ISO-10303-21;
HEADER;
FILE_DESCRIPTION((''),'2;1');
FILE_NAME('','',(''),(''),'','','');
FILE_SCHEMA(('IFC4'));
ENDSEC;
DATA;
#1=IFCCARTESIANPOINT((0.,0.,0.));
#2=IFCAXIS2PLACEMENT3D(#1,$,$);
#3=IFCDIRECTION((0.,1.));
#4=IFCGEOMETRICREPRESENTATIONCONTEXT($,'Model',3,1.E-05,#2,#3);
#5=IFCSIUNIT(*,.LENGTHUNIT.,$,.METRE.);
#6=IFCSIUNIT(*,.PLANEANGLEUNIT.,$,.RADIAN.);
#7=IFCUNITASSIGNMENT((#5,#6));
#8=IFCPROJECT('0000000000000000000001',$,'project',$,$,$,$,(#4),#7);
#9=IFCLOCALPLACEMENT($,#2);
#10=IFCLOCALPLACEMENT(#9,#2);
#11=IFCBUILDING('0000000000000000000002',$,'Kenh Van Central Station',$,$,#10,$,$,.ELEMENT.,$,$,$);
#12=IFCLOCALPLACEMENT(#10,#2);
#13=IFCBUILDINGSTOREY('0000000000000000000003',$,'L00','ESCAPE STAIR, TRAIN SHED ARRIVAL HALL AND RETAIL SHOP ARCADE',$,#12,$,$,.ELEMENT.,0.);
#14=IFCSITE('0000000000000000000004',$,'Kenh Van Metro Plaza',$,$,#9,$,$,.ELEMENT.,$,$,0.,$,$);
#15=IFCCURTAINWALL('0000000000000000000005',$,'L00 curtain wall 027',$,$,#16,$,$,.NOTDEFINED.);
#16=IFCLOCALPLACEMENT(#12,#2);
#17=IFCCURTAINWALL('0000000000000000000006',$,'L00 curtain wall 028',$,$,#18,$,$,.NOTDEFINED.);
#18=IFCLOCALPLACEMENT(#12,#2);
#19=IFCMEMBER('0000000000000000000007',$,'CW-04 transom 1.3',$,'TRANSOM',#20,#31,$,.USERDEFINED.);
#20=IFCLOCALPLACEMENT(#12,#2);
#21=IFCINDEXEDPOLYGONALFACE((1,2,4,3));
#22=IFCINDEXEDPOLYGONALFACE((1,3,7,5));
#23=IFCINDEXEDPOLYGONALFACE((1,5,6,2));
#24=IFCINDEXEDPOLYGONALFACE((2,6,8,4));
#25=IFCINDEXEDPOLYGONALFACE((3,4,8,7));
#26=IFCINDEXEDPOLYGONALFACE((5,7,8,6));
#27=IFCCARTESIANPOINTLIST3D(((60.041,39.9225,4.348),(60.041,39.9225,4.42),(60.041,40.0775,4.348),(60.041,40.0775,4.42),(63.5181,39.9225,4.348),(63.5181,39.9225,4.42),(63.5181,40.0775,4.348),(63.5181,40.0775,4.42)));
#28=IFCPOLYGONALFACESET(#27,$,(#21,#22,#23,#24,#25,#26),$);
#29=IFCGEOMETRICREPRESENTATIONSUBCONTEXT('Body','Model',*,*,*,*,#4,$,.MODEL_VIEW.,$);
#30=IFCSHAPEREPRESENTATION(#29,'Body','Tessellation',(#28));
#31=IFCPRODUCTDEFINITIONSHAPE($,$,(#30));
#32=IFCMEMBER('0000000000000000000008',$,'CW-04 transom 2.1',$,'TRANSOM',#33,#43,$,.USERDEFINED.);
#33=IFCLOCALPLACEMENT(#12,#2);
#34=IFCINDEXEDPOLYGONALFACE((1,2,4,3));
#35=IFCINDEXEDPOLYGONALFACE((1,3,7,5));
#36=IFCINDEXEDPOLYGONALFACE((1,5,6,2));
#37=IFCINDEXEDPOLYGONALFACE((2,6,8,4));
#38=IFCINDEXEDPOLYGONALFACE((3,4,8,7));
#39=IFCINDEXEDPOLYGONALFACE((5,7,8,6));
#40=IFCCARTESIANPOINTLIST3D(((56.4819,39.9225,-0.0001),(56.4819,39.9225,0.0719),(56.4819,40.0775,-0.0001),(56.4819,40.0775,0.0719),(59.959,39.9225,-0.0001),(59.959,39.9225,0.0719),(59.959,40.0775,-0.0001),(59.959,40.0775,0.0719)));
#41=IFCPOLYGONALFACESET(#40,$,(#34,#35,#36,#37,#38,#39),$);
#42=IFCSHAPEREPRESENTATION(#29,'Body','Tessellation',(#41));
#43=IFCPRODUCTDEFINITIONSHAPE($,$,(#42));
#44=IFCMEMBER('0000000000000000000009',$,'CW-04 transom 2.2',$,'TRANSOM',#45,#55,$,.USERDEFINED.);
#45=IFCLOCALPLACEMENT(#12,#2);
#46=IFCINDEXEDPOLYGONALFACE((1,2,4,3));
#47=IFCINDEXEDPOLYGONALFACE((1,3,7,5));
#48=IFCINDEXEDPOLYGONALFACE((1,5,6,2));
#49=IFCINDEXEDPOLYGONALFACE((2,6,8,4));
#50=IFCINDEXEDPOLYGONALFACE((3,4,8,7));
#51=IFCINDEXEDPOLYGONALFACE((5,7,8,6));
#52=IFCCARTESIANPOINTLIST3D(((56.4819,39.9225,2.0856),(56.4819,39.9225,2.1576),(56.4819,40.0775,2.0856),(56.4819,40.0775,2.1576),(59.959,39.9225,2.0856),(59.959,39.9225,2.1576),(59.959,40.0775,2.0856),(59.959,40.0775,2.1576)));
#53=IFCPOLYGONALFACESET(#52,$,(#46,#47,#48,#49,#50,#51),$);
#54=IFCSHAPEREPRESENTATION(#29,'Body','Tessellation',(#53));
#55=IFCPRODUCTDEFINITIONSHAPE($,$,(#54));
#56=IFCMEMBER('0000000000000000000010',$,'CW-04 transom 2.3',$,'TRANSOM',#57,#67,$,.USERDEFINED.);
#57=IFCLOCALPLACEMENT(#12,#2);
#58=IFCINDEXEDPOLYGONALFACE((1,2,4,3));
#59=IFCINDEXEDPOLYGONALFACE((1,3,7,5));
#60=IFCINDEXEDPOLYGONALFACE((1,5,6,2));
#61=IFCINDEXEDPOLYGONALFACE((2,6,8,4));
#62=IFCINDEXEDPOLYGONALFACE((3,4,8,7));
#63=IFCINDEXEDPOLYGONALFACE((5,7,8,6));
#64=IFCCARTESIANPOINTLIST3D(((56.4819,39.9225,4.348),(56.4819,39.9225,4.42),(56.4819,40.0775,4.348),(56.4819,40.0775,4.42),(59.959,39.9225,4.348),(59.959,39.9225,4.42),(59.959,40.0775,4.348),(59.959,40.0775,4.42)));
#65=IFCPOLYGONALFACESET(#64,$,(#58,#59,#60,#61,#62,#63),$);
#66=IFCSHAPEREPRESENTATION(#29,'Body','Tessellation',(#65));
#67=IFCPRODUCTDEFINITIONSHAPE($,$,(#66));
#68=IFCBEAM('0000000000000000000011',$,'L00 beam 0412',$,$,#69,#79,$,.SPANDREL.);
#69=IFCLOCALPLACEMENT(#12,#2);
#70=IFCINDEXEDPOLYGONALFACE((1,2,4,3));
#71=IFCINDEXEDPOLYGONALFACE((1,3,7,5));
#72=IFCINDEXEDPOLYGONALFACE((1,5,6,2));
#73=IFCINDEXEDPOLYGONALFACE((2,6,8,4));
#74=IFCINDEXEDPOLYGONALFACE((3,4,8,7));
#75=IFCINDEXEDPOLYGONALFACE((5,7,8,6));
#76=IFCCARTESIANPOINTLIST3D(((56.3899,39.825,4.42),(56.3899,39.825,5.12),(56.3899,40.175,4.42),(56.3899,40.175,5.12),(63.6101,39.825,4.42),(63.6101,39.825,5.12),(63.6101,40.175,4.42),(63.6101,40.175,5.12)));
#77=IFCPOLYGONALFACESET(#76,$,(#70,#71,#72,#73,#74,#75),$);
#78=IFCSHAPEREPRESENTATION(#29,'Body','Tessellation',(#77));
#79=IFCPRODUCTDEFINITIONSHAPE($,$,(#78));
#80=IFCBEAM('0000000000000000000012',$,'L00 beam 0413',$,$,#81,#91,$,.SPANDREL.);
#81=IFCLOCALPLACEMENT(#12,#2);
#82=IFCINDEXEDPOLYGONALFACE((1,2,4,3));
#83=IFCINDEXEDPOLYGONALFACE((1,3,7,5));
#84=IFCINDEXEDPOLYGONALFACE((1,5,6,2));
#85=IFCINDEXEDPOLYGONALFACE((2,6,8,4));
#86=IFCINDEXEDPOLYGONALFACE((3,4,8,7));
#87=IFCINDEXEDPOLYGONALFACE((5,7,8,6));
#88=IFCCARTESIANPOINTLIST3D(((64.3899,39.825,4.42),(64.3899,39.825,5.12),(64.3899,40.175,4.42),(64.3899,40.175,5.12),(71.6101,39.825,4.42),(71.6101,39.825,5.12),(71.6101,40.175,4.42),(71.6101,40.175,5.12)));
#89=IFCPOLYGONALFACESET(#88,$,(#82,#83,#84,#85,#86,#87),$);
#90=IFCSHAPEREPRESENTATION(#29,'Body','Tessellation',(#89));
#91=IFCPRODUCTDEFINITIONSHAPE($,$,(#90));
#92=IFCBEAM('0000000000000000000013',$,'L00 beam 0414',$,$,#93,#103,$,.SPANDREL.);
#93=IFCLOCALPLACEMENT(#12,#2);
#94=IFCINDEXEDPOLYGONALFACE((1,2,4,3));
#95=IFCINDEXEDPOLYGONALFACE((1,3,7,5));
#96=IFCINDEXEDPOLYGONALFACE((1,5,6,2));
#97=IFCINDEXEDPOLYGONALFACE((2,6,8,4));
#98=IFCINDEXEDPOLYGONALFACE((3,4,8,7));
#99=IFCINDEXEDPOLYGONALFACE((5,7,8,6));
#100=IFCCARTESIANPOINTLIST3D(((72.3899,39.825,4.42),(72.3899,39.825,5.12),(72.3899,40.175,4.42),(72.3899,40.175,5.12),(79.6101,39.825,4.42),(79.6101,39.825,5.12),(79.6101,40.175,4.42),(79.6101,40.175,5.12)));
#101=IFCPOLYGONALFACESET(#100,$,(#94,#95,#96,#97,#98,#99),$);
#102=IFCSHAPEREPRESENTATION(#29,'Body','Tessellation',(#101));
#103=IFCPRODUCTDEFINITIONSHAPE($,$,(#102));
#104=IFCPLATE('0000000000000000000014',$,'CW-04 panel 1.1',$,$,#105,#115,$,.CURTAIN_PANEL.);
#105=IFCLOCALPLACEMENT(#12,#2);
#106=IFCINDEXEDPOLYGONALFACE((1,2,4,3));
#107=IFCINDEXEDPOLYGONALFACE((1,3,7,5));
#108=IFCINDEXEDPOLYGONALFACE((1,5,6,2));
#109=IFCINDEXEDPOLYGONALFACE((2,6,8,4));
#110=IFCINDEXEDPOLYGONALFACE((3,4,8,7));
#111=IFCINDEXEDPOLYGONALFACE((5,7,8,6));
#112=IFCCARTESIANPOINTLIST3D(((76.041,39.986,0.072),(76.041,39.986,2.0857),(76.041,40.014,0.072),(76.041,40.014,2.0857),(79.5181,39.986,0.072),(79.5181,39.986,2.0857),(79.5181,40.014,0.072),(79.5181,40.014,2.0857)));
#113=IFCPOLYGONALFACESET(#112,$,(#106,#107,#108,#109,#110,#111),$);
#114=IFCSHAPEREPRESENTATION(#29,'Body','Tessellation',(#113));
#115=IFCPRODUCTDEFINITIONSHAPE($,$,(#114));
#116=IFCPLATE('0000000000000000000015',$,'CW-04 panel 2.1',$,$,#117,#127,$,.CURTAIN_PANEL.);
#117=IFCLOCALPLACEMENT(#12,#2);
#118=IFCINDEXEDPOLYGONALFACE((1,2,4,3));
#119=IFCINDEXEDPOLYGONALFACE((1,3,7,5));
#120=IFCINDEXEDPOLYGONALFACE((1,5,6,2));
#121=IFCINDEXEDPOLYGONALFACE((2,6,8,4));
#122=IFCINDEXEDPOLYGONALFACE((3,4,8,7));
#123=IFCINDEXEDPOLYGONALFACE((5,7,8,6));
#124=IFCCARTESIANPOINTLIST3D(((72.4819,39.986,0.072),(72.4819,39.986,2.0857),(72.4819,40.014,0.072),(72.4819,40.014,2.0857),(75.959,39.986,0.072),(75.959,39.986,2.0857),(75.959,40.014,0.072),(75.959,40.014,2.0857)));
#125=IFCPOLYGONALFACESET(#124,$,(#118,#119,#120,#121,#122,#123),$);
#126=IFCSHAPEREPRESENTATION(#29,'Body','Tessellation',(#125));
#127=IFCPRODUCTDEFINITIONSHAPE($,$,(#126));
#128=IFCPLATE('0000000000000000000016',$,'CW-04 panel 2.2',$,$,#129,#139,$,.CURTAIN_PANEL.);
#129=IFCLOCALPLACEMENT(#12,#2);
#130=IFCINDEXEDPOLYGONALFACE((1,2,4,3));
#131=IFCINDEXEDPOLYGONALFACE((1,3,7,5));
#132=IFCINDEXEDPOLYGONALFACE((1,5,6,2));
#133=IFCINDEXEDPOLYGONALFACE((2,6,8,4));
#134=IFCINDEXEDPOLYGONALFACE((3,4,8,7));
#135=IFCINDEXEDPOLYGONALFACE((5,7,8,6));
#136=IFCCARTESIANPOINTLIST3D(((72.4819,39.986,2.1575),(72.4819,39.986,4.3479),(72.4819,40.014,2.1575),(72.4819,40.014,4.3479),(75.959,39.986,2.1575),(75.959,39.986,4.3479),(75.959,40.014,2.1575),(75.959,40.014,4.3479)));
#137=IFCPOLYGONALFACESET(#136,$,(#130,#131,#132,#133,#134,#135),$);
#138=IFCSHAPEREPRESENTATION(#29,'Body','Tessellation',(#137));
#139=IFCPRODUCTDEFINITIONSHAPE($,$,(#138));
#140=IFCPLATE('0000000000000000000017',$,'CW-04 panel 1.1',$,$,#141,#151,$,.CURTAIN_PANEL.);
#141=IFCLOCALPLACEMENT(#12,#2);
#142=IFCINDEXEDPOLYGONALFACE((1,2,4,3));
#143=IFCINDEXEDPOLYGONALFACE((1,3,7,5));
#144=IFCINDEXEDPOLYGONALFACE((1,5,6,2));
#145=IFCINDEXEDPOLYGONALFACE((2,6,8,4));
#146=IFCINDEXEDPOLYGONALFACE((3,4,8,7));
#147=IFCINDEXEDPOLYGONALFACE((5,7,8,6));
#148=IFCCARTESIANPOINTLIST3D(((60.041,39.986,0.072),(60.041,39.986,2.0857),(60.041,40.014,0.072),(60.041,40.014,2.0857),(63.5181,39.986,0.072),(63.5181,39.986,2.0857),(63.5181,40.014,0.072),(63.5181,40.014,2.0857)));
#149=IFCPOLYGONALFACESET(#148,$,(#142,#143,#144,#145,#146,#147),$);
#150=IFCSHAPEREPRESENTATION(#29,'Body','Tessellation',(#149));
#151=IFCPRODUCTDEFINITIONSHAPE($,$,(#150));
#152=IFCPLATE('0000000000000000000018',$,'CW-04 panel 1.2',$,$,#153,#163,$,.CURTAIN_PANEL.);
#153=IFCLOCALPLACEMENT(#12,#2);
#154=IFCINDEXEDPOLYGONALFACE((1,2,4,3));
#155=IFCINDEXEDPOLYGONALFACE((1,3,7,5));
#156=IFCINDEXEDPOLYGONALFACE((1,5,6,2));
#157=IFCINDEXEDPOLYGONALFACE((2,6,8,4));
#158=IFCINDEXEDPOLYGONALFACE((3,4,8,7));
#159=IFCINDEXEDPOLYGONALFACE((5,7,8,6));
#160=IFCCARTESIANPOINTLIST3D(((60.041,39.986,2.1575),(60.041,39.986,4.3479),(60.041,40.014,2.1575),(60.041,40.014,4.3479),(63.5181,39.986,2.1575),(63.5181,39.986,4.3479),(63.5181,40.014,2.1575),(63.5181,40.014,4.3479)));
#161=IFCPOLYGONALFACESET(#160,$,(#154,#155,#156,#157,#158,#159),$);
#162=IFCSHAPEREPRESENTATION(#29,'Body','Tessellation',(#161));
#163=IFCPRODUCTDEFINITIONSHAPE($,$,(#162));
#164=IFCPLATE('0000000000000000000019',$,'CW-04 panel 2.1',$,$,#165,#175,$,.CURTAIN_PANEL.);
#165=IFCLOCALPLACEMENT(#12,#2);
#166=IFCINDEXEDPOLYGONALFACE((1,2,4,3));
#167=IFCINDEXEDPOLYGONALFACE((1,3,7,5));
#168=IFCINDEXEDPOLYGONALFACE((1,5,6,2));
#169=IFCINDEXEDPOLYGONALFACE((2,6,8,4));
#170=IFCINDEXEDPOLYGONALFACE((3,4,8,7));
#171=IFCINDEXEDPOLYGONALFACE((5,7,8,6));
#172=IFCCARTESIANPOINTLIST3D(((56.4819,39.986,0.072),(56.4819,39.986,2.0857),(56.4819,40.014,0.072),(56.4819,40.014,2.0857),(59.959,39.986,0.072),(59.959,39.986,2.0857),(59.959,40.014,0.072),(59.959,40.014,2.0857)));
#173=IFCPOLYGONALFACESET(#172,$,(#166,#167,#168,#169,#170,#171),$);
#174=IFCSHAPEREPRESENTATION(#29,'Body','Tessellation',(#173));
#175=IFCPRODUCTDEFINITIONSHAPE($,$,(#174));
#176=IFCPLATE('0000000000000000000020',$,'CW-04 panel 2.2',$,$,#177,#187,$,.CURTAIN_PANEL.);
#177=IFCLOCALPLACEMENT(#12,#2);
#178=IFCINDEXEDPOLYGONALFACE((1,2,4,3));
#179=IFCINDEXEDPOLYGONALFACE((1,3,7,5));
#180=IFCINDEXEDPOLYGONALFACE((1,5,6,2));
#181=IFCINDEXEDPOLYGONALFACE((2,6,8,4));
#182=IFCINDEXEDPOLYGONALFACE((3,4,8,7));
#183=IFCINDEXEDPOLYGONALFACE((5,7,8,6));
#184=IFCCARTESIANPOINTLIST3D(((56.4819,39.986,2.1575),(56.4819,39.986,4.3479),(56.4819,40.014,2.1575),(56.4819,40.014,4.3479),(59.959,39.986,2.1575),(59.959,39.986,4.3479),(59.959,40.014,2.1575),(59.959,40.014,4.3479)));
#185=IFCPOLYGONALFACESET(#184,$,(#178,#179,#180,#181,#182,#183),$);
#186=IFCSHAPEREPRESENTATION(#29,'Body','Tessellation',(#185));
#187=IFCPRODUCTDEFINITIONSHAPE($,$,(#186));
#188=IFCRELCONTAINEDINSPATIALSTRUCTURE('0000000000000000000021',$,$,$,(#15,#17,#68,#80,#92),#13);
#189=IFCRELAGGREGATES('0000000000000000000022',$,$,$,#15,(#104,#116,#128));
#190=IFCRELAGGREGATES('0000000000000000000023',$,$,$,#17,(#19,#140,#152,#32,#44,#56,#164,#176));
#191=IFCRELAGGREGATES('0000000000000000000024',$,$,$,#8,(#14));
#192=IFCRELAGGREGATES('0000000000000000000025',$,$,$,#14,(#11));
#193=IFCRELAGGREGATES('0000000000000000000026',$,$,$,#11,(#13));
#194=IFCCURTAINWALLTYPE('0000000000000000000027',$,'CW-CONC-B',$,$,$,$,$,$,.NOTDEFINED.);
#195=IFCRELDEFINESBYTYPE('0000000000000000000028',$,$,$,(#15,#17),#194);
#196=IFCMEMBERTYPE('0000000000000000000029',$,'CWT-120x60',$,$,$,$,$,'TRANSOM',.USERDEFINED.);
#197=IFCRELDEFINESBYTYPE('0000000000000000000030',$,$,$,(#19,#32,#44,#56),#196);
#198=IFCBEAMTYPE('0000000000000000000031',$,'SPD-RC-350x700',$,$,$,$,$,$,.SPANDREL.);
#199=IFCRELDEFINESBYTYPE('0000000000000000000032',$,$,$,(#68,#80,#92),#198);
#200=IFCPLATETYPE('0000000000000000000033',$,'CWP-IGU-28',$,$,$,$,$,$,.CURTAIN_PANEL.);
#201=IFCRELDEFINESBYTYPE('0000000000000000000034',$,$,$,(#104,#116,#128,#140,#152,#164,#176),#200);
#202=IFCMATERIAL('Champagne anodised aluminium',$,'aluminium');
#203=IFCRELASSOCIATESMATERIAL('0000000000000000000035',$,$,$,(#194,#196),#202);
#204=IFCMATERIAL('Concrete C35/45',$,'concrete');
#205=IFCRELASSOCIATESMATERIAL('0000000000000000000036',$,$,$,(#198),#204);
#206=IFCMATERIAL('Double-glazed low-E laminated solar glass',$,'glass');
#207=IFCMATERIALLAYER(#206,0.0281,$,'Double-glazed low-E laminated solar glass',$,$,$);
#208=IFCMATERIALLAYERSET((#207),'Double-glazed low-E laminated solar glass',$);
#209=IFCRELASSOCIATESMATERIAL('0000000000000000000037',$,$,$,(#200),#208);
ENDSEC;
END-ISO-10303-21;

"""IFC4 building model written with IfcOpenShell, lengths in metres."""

from ifc_helpers import new_model, si_unit, direction, frame, origin, origin_2d, place, context, subcontext, project, spatial, rectangle, extrude, material, layer, layer_set, material_profile, profile_set, type_object, element, aggregate, save


model = new_model("IFC4")

# Units and contexts
model_context = context("Model", 3, precision=1e-05, world=origin(), true_north=direction((0.0, 1.0)))
body_context = subcontext(model_context, "Body", "Model", "MODEL_VIEW")
ifc_project = project(units=[si_unit("LENGTHUNIT", "METRE"), si_unit("PLANEANGLEUNIT", "RADIAN")], contexts=[model_context])

# Site, building, storey
site_placement = place(None, origin())
site = spatial("IfcSite", under=ifc_project, at=site_placement, Name="Kenh Van Metro Plaza", CompositionType="ELEMENT", RefElevation=0.0)
building_placement = place(site_placement, origin())
building = spatial("IfcBuilding", under=site, at=building_placement, Name="Kenh Van Central Station", CompositionType="ELEMENT")
storey_placement = place(building_placement, origin())
storey = spatial("IfcBuildingStorey", under=building, at=storey_placement, Name="L00", Description="ESCAPE STAIR, TRAIN SHED ARRIVAL HALL AND RETAIL SHOP ARCADE", CompositionType="ELEMENT", Elevation=0.0)

# Shared definitions
ifc_material_1 = material(Name="Concrete C35/45", Category="concrete")

# Curtain walls
ifc_material_2 = material(Name="Champagne anodised aluminium", Category="aluminium")
curtain_wall_type = type_object("IfcCurtainWallType", Name="CW-CONC-B", PredefinedType="NOTDEFINED", material=ifc_material_2)
curtain_wall_1_placement = place(storey_placement, origin())
curtain_wall_1 = element("IfcCurtainWall", 1, at=curtain_wall_1_placement, inside=storey, type_object=curtain_wall_type, Name="L00 curtain wall 027", PredefinedType="NOTDEFINED")
curtain_wall_2_placement = place(storey_placement, origin())
curtain_wall_2 = element("IfcCurtainWall", 2, at=curtain_wall_2_placement, inside=storey, type_object=curtain_wall_type, Name="L00 curtain wall 028", PredefinedType="NOTDEFINED")

# Members
ifc_material_profile_1 = material_profile(ifc_material_2, rectangle(XDim=0.155, YDim=0.072, at=origin_2d()), Name="AL 155x72")
ifc_profile_set_1 = profile_set([ifc_material_profile_1], Name="Champagne anodised aluminium")
member_type_1 = type_object("IfcMemberType", Name="CWT-120x60", ElementType="TRANSOM", PredefinedType="USERDEFINED", material=ifc_profile_set_1)
member_1_placement = place(storey_placement, frame((63.5181, 40.0, 4.384), z_axis=(-1.0, 0.0, 0.0), x_axis=(0.0, -1.0, 0.0)))
member_1 = element("IfcMember", 3, at=member_1_placement, type_object=member_type_1, Name="CW-04 transom 1.3", ObjectType="TRANSOM", PredefinedType="USERDEFINED", context=body_context, shape_type="SweptSolid", body=[
    extrude(rectangle(XDim=0.155, YDim=0.072, at=origin_2d()), origin(), (0.0, 0.0, 1.0), 3.4771),
])
member_2_placement = place(storey_placement, frame((59.959, 40.0, 0.0359), z_axis=(-1.0, 0.0, 0.0), x_axis=(0.0, -1.0, 0.0)))
member_2 = element("IfcMember", 4, at=member_2_placement, type_object=member_type_1, Name="CW-04 transom 2.1", ObjectType="TRANSOM", PredefinedType="USERDEFINED", context=body_context, shape_type="SweptSolid", body=[
    extrude(rectangle(XDim=0.155, YDim=0.072, at=origin_2d()), origin(), (0.0, 0.0, 1.0), 3.4771),
])
member_3_placement = place(storey_placement, frame((59.959, 40.0, 2.1216), z_axis=(-1.0, 0.0, 0.0), x_axis=(0.0, -1.0, 0.0)))
member_3 = element("IfcMember", 5, at=member_3_placement, type_object=member_type_1, Name="CW-04 transom 2.2", ObjectType="TRANSOM", PredefinedType="USERDEFINED", context=body_context, shape_type="SweptSolid", body=[
    extrude(rectangle(XDim=0.155, YDim=0.072, at=origin_2d()), origin(), (0.0, 0.0, 1.0), 3.4771),
])
member_4_placement = place(storey_placement, frame((59.959, 40.0, 4.384), z_axis=(-1.0, 0.0, 0.0), x_axis=(0.0, -1.0, 0.0)))
member_4 = element("IfcMember", 6, at=member_4_placement, type_object=member_type_1, Name="CW-04 transom 2.3", ObjectType="TRANSOM", PredefinedType="USERDEFINED", context=body_context, shape_type="SweptSolid", body=[
    extrude(rectangle(XDim=0.155, YDim=0.072, at=origin_2d()), origin(), (0.0, 0.0, 1.0), 3.4771),
])

# Beams
ifc_material_profile_2 = material_profile(ifc_material_1, rectangle(XDim=0.3501, YDim=0.7, at=origin_2d()), Name="RC 350x700")
ifc_profile_set_2 = profile_set([ifc_material_profile_2], Name="Concrete C35/45")
beam_type_1 = type_object("IfcBeamType", Name="SPD-RC-350x700", PredefinedType="SPANDREL", material=ifc_profile_set_2)
for number, where, z_axis, x_axis, name in (
    (7, (56.3899, 40.0, 4.77), (1.0, 0.0, 0.0), (0.0, 1.0, 0.0), "L00 beam 0412"),
    (8, (64.3899, 40.0, 4.77), (1.0, 0.0, 0.0), (0.0, 1.0, 0.0), "L00 beam 0413"),
    (9, (72.3899, 40.0, 4.77), (1.0, 0.0, 0.0), (0.0, 1.0, 0.0), "L00 beam 0414"),
):
    element("IfcBeam", number, at=place(storey_placement, frame(where, z_axis=z_axis, x_axis=x_axis)), inside=storey, type_object=beam_type_1, Name=name, PredefinedType="SPANDREL", context=body_context, shape_type="SweptSolid", body=[
        extrude(rectangle(XDim=0.3501, YDim=0.7, at=origin_2d()), origin(), (0.0, 0.0, 1.0), 7.2202),
    ])

# Plates
ifc_material_3 = material(Name="Double-glazed low-E laminated solar glass", Category="glass")
ifc_layer_1 = layer(ifc_material_3, 0.0281, Name="Double-glazed low-E laminated solar glass")
ifc_layer_set_1 = layer_set([ifc_layer_1], Name="Double-glazed low-E laminated solar glass")
plate_type = type_object("IfcPlateType", Name="CWP-IGU-28", PredefinedType="CURTAIN_PANEL", material=ifc_layer_set_1)
plate_1_placement = place(storey_placement, frame((77.7795, 40.0, 0.072), z_axis=(0.0, 0.0, 1.0), x_axis=(-1.0, 0.0, 0.0)))
plate_1 = element("IfcPlate", 10, at=plate_1_placement, type_object=plate_type, Name="CW-04 panel 1.1", PredefinedType="CURTAIN_PANEL", context=body_context, shape_type="SweptSolid", body=[
    extrude(rectangle(XDim=3.4771, YDim=0.0281, at=origin_2d()), origin(), (0.0, 0.0, 1.0), 2.0137),
])
plate_2_placement = place(storey_placement, frame((74.2205, 40.0, 0.072), z_axis=(0.0, 0.0, 1.0), x_axis=(-1.0, 0.0, 0.0)))
plate_2 = element("IfcPlate", 11, at=plate_2_placement, type_object=plate_type, Name="CW-04 panel 2.1", PredefinedType="CURTAIN_PANEL", context=body_context, shape_type="SweptSolid", body=[
    extrude(rectangle(XDim=3.4771, YDim=0.0281, at=origin_2d()), origin(), (0.0, 0.0, 1.0), 2.0137),
])
plate_3_placement = place(storey_placement, frame((74.2205, 40.0, 2.1575), z_axis=(0.0, 0.0, 1.0), x_axis=(-1.0, 0.0, 0.0)))
plate_3 = element("IfcPlate", 12, at=plate_3_placement, type_object=plate_type, Name="CW-04 panel 2.2", PredefinedType="CURTAIN_PANEL", context=body_context, shape_type="SweptSolid", body=[
    extrude(rectangle(XDim=3.4771, YDim=0.0281, at=origin_2d()), origin(), (0.0, 0.0, 1.0), 2.1904),
])
aggregate(curtain_wall_1, [plate_1, plate_2, plate_3])
plate_4_placement = place(storey_placement, frame((61.7795, 40.0, 0.072), z_axis=(0.0, 0.0, 1.0), x_axis=(-1.0, 0.0, 0.0)))
plate_4 = element("IfcPlate", 13, at=plate_4_placement, type_object=plate_type, Name="CW-04 panel 1.1", PredefinedType="CURTAIN_PANEL", context=body_context, shape_type="SweptSolid", body=[
    extrude(rectangle(XDim=3.4771, YDim=0.0281, at=origin_2d()), origin(), (0.0, 0.0, 1.0), 2.0137),
])
plate_5_placement = place(storey_placement, frame((61.7795, 40.0, 2.1575), z_axis=(0.0, 0.0, 1.0), x_axis=(-1.0, 0.0, 0.0)))
plate_5 = element("IfcPlate", 14, at=plate_5_placement, type_object=plate_type, Name="CW-04 panel 1.2", PredefinedType="CURTAIN_PANEL", context=body_context, shape_type="SweptSolid", body=[
    extrude(rectangle(XDim=3.4771, YDim=0.0281, at=origin_2d()), origin(), (0.0, 0.0, 1.0), 2.1904),
])
plate_6_placement = place(storey_placement, frame((58.2205, 40.0, 0.072), z_axis=(0.0, 0.0, 1.0), x_axis=(-1.0, 0.0, 0.0)))
plate_6 = element("IfcPlate", 15, at=plate_6_placement, type_object=plate_type, Name="CW-04 panel 2.1", PredefinedType="CURTAIN_PANEL", context=body_context, shape_type="SweptSolid", body=[
    extrude(rectangle(XDim=3.4771, YDim=0.0281, at=origin_2d()), origin(), (0.0, 0.0, 1.0), 2.0137),
])
plate_7_placement = place(storey_placement, frame((58.2205, 40.0, 2.1575), z_axis=(0.0, 0.0, 1.0), x_axis=(-1.0, 0.0, 0.0)))
plate_7 = element("IfcPlate", 16, at=plate_7_placement, type_object=plate_type, Name="CW-04 panel 2.2", PredefinedType="CURTAIN_PANEL", context=body_context, shape_type="SweptSolid", body=[
    extrude(rectangle(XDim=3.4771, YDim=0.0281, at=origin_2d()), origin(), (0.0, 0.0, 1.0), 2.1904),
])
aggregate(curtain_wall_2, [member_1, plate_4, plate_5, member_2, member_3, member_4, plate_6, plate_7])

save(model, "model.ifc")
